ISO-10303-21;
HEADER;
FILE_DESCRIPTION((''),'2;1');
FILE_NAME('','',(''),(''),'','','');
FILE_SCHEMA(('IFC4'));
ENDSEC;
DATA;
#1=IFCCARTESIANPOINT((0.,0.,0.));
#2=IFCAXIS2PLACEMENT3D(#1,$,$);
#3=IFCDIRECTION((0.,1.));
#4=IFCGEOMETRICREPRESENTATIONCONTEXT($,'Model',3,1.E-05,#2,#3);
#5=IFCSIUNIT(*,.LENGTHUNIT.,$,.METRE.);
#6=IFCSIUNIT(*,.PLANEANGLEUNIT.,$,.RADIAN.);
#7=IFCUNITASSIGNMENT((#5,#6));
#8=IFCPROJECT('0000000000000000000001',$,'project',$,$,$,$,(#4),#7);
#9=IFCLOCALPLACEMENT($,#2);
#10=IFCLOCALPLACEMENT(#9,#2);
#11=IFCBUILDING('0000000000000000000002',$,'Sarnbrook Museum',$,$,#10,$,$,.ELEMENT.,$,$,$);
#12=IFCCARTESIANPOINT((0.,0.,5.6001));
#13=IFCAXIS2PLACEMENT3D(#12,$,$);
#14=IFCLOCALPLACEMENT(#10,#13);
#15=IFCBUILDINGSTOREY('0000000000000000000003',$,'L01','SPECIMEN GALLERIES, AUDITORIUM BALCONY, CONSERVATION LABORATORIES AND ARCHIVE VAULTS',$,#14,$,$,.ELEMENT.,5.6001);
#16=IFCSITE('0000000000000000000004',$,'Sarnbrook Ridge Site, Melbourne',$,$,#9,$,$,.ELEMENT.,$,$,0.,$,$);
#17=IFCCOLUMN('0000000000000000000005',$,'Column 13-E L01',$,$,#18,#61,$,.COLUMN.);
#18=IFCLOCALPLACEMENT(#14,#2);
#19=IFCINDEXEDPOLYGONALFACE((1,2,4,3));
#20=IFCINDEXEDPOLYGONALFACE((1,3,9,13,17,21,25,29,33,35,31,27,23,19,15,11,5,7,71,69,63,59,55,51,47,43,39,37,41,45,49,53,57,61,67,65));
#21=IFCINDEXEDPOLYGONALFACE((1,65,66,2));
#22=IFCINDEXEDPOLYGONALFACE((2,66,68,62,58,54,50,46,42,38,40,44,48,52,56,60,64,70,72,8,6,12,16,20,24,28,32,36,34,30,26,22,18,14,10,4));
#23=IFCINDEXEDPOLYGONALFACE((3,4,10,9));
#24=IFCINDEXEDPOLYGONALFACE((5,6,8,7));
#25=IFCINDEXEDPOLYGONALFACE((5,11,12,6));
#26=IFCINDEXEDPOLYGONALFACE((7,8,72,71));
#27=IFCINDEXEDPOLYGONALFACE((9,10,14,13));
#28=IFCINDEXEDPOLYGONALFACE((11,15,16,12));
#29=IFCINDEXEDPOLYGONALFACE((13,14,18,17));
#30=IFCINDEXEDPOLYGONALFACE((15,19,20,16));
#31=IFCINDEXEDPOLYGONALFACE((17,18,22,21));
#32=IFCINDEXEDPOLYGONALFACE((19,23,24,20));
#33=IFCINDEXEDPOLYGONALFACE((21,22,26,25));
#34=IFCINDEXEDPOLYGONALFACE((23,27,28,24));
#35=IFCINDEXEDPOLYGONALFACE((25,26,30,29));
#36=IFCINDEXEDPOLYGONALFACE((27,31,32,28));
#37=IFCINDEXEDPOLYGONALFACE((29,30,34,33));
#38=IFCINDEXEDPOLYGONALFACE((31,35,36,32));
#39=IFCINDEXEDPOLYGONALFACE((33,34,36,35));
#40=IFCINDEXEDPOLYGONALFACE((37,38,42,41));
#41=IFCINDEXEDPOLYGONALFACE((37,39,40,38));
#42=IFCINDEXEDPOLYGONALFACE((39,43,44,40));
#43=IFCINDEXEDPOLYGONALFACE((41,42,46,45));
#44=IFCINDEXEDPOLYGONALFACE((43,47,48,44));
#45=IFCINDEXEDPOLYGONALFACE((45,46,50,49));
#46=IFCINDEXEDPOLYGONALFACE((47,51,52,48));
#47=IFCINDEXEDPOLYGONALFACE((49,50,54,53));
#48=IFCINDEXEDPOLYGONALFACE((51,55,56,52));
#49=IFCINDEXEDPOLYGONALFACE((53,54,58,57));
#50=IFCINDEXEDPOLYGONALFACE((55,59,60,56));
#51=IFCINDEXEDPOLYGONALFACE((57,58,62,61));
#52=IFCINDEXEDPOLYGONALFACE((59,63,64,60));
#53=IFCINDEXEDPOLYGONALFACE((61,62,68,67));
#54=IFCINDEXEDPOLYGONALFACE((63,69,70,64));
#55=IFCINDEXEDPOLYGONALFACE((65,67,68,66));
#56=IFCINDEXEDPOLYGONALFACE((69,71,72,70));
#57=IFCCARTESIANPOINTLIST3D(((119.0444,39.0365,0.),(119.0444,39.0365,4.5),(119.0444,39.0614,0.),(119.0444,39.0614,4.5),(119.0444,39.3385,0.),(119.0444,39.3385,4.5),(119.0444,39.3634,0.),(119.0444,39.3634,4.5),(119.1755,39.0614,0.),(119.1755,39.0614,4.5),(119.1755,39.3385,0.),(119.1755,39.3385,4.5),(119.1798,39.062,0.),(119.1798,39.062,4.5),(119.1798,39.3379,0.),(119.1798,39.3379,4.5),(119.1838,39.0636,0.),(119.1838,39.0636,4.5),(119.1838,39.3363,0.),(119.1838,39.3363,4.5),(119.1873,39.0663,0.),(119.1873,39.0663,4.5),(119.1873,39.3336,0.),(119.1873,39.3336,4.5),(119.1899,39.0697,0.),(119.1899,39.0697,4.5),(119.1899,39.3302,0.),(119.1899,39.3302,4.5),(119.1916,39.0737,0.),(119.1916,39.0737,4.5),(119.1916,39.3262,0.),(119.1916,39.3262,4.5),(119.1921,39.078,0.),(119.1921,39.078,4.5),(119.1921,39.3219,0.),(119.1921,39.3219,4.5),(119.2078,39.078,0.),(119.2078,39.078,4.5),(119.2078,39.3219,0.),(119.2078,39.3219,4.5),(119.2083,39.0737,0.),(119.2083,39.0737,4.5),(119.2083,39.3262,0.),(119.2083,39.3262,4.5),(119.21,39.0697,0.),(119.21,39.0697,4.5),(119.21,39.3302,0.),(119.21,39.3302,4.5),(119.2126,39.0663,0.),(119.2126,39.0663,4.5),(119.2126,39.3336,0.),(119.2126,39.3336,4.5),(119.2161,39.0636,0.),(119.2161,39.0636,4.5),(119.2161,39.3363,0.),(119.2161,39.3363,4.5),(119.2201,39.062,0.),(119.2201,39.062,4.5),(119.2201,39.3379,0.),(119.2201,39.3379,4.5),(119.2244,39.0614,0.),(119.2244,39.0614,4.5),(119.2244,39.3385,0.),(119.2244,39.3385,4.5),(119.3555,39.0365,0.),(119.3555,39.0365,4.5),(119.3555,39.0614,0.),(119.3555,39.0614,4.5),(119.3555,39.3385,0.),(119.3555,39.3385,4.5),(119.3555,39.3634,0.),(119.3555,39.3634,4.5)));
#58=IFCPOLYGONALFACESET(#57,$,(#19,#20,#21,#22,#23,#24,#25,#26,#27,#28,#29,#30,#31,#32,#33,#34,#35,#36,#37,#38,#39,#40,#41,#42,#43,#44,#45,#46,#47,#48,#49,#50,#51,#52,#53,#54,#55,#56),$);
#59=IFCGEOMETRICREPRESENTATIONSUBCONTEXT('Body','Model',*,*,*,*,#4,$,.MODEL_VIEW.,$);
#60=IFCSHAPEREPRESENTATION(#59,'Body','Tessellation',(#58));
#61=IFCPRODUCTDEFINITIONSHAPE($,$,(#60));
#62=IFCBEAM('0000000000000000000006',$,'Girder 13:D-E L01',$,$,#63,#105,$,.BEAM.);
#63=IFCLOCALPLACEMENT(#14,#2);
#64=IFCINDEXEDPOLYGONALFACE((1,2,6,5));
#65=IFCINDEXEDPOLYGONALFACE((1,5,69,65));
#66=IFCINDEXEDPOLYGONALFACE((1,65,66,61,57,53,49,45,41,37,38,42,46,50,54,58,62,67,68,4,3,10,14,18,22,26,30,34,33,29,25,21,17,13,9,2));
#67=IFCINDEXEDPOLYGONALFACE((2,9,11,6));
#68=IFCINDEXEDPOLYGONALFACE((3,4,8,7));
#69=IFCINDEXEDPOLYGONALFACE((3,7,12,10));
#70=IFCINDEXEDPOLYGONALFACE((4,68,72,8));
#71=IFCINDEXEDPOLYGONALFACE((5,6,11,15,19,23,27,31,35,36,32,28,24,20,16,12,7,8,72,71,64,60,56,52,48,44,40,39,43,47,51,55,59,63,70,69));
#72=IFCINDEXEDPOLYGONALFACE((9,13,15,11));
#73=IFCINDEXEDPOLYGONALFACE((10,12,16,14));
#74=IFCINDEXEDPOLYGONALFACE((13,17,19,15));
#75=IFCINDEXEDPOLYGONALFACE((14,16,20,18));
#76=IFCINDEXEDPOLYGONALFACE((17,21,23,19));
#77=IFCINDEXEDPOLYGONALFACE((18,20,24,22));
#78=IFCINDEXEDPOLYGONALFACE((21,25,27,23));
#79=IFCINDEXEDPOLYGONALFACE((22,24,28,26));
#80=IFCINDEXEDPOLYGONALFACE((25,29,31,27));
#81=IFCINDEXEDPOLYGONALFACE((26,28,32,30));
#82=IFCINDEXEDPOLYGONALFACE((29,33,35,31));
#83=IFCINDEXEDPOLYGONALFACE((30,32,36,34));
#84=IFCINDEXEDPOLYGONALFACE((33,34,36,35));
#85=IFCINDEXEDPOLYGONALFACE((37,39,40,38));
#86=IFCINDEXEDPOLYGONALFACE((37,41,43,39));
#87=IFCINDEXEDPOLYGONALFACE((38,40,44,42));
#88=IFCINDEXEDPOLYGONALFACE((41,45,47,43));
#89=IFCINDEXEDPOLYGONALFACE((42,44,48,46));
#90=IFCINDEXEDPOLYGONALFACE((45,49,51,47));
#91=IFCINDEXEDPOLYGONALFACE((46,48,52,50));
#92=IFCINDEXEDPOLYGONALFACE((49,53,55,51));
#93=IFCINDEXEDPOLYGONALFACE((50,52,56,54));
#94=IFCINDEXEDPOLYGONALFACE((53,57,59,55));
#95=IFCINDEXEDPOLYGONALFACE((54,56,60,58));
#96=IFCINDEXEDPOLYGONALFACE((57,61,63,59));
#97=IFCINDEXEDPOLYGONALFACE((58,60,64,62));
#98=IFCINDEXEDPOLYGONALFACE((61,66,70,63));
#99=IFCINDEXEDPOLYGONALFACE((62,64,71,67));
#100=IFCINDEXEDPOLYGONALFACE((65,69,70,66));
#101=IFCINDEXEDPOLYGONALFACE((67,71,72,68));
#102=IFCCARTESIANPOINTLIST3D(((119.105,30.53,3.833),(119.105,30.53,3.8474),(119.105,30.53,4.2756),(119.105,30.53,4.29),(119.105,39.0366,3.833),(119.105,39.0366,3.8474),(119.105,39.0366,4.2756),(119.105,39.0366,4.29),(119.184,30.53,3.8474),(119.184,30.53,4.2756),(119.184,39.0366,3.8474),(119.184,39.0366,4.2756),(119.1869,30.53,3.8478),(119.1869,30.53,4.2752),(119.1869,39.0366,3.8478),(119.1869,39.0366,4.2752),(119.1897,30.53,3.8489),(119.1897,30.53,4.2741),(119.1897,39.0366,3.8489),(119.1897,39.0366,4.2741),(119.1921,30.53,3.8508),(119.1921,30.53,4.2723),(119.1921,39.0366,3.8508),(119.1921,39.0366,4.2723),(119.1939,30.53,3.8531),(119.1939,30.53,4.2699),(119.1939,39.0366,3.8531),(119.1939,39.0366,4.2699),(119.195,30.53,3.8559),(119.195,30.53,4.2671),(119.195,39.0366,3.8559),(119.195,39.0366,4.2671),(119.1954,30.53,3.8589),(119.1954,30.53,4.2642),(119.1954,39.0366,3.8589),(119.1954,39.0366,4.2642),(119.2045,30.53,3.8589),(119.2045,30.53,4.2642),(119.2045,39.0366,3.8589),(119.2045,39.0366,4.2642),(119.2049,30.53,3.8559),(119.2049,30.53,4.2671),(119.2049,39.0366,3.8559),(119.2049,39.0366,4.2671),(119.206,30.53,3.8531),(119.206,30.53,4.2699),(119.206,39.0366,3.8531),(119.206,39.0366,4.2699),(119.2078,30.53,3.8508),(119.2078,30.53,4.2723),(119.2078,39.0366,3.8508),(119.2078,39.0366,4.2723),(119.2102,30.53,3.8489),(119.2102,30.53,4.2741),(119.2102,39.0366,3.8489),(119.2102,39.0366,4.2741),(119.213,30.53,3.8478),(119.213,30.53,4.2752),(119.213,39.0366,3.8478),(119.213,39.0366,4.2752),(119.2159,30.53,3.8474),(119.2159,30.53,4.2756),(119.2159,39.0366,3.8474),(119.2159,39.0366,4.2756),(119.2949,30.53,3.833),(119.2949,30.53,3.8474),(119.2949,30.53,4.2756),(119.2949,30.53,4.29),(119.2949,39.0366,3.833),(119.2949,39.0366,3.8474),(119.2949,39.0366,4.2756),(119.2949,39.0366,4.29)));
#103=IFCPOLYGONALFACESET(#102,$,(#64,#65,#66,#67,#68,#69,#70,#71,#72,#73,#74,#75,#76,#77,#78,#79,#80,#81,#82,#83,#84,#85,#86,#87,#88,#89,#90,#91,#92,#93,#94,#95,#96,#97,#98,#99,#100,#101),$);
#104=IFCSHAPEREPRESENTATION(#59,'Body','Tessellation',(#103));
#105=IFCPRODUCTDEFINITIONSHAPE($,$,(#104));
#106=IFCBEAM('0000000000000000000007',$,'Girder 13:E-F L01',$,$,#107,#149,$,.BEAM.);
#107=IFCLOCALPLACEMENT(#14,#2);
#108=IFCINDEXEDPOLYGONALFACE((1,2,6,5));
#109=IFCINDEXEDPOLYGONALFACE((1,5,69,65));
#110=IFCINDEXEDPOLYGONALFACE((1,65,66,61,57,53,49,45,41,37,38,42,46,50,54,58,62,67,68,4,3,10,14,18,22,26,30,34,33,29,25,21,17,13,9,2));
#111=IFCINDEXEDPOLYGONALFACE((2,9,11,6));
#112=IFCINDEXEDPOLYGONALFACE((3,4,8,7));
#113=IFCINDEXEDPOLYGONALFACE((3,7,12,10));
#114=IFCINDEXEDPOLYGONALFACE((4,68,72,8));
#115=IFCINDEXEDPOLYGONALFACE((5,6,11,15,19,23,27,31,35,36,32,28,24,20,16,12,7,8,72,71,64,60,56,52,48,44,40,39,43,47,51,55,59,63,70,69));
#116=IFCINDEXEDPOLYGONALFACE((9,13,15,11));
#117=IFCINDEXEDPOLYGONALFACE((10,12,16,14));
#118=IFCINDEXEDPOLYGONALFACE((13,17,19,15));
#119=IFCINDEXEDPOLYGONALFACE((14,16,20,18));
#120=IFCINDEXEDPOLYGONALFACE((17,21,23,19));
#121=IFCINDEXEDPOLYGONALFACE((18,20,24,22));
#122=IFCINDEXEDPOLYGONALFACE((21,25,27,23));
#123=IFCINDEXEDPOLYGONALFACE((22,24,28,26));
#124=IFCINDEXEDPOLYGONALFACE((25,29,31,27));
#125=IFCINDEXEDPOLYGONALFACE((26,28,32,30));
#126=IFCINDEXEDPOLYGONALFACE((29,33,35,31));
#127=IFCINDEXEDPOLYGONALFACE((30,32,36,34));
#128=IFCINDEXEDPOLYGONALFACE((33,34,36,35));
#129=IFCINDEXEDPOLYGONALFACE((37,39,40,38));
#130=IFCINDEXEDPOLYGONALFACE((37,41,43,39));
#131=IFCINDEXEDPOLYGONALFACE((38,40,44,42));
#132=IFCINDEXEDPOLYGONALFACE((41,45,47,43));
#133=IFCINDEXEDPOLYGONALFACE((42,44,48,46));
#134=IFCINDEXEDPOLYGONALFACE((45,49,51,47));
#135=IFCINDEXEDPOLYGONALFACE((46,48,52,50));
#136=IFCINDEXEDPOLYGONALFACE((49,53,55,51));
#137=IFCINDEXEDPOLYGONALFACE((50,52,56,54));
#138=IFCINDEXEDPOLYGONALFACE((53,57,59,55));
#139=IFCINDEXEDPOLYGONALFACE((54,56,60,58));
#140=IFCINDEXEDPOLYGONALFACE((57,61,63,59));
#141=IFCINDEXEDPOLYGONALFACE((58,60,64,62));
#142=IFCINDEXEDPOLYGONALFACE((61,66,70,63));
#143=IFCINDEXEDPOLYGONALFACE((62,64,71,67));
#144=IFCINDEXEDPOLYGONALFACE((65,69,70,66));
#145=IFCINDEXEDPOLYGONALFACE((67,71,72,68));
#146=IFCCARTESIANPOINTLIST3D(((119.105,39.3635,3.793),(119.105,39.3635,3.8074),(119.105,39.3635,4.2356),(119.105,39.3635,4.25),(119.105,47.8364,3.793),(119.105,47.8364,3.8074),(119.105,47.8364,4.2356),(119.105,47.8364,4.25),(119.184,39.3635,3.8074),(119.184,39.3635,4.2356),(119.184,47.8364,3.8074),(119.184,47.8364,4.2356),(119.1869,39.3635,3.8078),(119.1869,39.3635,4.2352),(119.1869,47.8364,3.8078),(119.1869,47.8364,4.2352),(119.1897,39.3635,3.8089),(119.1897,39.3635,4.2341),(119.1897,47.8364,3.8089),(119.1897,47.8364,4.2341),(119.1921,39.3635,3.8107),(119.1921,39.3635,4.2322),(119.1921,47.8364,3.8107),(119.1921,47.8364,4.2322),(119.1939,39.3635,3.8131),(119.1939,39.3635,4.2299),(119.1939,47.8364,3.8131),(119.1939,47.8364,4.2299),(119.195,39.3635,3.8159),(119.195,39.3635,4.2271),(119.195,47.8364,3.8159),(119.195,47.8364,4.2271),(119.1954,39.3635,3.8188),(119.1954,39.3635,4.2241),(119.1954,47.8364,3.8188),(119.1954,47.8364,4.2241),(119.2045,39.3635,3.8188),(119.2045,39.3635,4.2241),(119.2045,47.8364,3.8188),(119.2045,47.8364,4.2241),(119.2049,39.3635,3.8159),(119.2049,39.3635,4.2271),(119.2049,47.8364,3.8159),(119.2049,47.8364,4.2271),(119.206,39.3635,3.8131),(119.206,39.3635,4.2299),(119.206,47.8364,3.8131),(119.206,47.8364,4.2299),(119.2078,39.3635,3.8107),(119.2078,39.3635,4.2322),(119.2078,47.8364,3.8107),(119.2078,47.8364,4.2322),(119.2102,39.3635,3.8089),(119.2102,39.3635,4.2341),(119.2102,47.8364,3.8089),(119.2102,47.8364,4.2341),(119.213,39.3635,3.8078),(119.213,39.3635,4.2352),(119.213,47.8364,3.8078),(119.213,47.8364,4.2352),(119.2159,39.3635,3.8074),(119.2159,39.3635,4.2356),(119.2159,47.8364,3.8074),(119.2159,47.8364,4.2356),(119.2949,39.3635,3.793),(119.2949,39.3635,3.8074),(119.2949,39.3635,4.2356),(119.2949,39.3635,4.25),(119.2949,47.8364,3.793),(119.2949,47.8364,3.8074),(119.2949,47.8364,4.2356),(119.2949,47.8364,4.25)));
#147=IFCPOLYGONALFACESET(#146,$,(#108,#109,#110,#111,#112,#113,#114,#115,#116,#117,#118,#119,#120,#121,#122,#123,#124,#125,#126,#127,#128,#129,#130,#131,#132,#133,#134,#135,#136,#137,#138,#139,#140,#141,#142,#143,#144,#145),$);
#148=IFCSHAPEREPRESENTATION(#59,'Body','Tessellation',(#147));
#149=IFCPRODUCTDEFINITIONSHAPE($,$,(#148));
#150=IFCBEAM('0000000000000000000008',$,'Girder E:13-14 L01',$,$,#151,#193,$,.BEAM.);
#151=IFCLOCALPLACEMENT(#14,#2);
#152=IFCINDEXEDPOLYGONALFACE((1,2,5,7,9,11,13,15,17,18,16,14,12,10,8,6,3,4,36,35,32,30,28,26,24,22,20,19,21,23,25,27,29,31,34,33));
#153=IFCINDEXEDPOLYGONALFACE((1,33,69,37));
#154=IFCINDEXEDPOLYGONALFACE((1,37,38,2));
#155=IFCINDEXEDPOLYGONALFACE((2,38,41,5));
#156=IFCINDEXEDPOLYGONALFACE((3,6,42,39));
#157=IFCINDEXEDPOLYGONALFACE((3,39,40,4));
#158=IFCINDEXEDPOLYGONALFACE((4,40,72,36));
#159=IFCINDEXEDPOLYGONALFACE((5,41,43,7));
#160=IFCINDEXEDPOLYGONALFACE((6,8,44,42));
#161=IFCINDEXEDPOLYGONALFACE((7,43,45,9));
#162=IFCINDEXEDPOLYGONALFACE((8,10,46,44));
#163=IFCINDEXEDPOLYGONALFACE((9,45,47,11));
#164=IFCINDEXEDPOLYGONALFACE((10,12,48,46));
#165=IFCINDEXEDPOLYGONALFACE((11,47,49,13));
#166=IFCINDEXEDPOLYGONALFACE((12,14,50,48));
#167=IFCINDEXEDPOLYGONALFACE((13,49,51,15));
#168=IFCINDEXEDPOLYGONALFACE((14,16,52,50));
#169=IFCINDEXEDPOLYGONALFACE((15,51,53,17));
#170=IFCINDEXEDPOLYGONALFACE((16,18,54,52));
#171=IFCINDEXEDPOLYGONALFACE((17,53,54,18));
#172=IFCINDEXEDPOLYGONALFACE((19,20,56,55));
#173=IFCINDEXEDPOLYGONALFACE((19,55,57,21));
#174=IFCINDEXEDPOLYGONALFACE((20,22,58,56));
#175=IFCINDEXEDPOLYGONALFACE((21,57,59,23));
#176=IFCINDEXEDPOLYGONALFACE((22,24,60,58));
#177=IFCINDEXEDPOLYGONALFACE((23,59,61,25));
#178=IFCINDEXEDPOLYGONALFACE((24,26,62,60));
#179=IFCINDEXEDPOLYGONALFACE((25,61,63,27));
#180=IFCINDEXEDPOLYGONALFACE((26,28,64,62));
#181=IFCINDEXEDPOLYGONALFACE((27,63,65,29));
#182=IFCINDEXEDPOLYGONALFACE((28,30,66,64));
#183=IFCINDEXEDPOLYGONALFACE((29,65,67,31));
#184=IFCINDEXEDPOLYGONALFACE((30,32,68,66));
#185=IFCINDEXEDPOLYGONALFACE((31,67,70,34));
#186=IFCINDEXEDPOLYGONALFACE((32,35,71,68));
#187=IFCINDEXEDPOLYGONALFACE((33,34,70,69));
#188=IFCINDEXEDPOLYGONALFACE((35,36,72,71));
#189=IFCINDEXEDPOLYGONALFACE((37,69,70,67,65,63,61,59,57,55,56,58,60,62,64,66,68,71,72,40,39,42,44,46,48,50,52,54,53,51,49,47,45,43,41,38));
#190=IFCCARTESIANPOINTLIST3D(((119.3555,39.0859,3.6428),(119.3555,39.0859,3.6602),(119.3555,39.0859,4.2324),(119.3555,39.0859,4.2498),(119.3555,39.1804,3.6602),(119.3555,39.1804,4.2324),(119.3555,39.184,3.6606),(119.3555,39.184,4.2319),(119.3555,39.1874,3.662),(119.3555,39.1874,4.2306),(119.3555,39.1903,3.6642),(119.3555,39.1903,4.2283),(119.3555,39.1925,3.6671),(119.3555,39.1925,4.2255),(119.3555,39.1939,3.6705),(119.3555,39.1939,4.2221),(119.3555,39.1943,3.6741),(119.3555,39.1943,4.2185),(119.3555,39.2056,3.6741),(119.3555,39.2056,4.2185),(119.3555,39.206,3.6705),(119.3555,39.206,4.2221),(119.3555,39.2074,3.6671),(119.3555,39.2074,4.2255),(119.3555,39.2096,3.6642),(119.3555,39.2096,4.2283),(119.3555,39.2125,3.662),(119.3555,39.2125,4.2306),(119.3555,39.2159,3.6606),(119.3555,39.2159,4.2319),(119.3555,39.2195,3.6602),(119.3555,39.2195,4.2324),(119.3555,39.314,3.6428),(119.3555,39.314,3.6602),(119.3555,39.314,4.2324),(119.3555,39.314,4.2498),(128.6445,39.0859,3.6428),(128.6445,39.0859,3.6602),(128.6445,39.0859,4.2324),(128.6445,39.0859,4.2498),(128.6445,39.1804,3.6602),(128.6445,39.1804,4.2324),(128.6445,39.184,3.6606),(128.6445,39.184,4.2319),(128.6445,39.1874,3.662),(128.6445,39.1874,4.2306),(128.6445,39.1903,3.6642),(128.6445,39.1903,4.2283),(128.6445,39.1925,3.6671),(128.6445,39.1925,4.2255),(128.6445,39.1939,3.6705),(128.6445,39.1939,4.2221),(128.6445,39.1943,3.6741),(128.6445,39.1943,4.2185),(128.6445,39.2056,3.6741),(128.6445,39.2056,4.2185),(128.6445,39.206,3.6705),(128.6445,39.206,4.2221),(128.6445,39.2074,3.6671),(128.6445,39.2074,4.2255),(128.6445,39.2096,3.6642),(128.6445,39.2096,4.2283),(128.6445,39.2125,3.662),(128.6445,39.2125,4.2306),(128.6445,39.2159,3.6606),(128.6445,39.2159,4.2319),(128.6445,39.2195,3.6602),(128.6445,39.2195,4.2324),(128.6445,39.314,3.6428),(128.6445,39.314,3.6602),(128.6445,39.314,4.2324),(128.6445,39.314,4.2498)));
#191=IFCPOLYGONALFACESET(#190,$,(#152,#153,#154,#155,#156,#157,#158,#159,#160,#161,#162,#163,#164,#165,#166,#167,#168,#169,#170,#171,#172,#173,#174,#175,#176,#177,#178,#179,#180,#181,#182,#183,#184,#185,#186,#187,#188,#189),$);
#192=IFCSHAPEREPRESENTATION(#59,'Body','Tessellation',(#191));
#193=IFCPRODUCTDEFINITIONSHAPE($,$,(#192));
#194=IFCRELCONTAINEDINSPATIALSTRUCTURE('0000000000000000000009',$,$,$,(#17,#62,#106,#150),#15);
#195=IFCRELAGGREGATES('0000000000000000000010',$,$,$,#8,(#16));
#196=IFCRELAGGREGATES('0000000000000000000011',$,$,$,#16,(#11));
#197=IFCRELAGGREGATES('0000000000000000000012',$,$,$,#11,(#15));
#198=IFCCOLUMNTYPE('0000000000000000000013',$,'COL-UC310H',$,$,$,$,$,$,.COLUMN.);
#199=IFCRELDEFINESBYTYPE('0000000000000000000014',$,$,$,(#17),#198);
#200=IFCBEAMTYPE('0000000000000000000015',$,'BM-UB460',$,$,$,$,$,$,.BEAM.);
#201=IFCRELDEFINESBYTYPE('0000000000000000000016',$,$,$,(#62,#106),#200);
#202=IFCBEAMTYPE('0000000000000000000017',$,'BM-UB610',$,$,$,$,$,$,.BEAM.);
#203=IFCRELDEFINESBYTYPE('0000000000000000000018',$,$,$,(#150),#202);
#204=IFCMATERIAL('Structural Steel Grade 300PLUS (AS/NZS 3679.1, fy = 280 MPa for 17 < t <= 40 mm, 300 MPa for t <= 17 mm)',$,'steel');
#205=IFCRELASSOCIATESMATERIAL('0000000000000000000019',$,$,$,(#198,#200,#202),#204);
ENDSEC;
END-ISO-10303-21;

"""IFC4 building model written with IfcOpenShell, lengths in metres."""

from ifc_helpers import new_model, si_unit, direction, frame, origin, origin_2d, place, context, subcontext, project, spatial, i_section, extrude, material, material_profile, profile_set, type_object, element, save


model = new_model("IFC4")

# Units and contexts
model_context = context("Model", 3, precision=1e-05, world=origin(), true_north=direction((0.0, 1.0)))
body_context = subcontext(model_context, "Body", "Model", "MODEL_VIEW")
ifc_project = project(units=[si_unit("LENGTHUNIT", "METRE"), si_unit("PLANEANGLEUNIT", "RADIAN")], contexts=[model_context])

# Site, building, storey
site_placement = place(None, origin())
site = spatial("IfcSite", under=ifc_project, at=site_placement, Name="Sarnbrook Ridge Site, Melbourne", CompositionType="ELEMENT", RefElevation=0.0)
building_placement = place(site_placement, origin())
building = spatial("IfcBuilding", under=site, at=building_placement, Name="Sarnbrook Museum", CompositionType="ELEMENT")
storey_placement = place(building_placement, frame((0.0, 0.0, 5.6001)))
storey = spatial("IfcBuildingStorey", under=building, at=storey_placement, Name="L01", Description="SPECIMEN GALLERIES, AUDITORIUM BALCONY, CONSERVATION LABORATORIES AND ARCHIVE VAULTS", CompositionType="ELEMENT", Elevation=5.6001)

# Column
ifc_material_1 = material(Name="Structural Steel Grade 300PLUS (AS/NZS 3679.1, fy = 280 MPa for 17 < t <= 40 mm, 300 MPa for t <= 17 mm)", Category="steel")
ifc_material_profile_1 = material_profile(ifc_material_1, i_section(OverallWidth=0.311, OverallDepth=0.3269, WebThickness=0.0156, FlangeThickness=0.0249, FilletRadius=0.0166, at=origin_2d()), Name="310UC158")
ifc_profile_set_1 = profile_set([ifc_material_profile_1], Name="Structural Steel Grade 300PLUS (AS/NZS 3679.1, fy = 280 MPa for 17 < t <= 40 mm, 300 MPa for t <= 17 mm)")
column_type = type_object("IfcColumnType", Name="COL-UC310H", PredefinedType="COLUMN", material=ifc_profile_set_1)
column_placement = place(storey_placement, frame((119.2, 39.2, 0.0), z_axis=(0.0, 0.0, 1.0), x_axis=(1.0, 0.0, 0.0)))
element("IfcColumn", 1, at=column_placement, inside=storey, type_object=column_type, Name="Column 13-E L01", PredefinedType="COLUMN", context=body_context, shape_type="SweptSolid", body=[
    extrude(i_section(OverallWidth=0.311, OverallDepth=0.3269, WebThickness=0.0156, FlangeThickness=0.0249, FilletRadius=0.0166, at=origin_2d()), origin(), (0.0, 0.0, 1.0), 4.5),
])

# Beams
ifc_material_profile_2 = material_profile(ifc_material_1, i_section(OverallWidth=0.1899, OverallDepth=0.457, WebThickness=0.009, FlangeThickness=0.0144, FilletRadius=0.0115, at=origin_2d()), Name="460UB74.6")
ifc_profile_set_2 = profile_set([ifc_material_profile_2], Name="Structural Steel Grade 300PLUS (AS/NZS 3679.1, fy = 280 MPa for 17 < t <= 40 mm, 300 MPa for t <= 17 mm)")
beam_type_1 = type_object("IfcBeamType", Name="BM-UB460", PredefinedType="BEAM", material=ifc_profile_set_2)
beam_1_placement = place(storey_placement, frame((119.2, 30.53, 4.0615), z_axis=(0.0, 1.0, 0.0), x_axis=(-1.0, 0.0, 0.0)))
element("IfcBeam", 2, at=beam_1_placement, inside=storey, type_object=beam_type_1, Name="Girder 13:D-E L01", PredefinedType="BEAM", context=body_context, shape_type="SweptSolid", body=[
    extrude(i_section(OverallWidth=0.1899, OverallDepth=0.457, WebThickness=0.009, FlangeThickness=0.0144, FilletRadius=0.0115, at=origin_2d()), origin(), (0.0, 0.0, 1.0), 8.5066),
])
beam_2_placement = place(storey_placement, frame((119.2, 39.3635, 4.0215), z_axis=(0.0, 1.0, 0.0), x_axis=(-1.0, 0.0, 0.0)))
element("IfcBeam", 3, at=beam_2_placement, inside=storey, type_object=beam_type_1, Name="Girder 13:E-F L01", PredefinedType="BEAM", context=body_context, shape_type="SweptSolid", body=[
    extrude(i_section(OverallWidth=0.1899, OverallDepth=0.457, WebThickness=0.009, FlangeThickness=0.0144, FilletRadius=0.0115, at=origin_2d()), origin(), (0.0, 0.0, 1.0), 8.4729),
])
ifc_material_profile_3 = material_profile(ifc_material_1, i_section(OverallWidth=0.228, OverallDepth=0.6069, WebThickness=0.0112, FlangeThickness=0.0173, FilletRadius=0.0139, at=origin_2d()), Name="610UB113")
ifc_profile_set_3 = profile_set([ifc_material_profile_3], Name="Structural Steel Grade 300PLUS (AS/NZS 3679.1, fy = 280 MPa for 17 < t <= 40 mm, 300 MPa for t <= 17 mm)")
beam_type_2 = type_object("IfcBeamType", Name="BM-UB610", PredefinedType="BEAM", material=ifc_profile_set_3)
beam_3_placement = place(storey_placement, frame((119.3555, 39.2, 3.9463), z_axis=(1.0, 0.0, 0.0), x_axis=(0.0, 1.0, 0.0)))
element("IfcBeam", 4, at=beam_3_placement, inside=storey, type_object=beam_type_2, Name="Girder E:13-14 L01", PredefinedType="BEAM", context=body_context, shape_type="SweptSolid", body=[
    extrude(i_section(OverallWidth=0.228, OverallDepth=0.6069, WebThickness=0.0112, FlangeThickness=0.0173, FilletRadius=0.0139, at=origin_2d()), origin(), (0.0, 0.0, 1.0), 9.2891),
])

save(model, "model.ifc")
